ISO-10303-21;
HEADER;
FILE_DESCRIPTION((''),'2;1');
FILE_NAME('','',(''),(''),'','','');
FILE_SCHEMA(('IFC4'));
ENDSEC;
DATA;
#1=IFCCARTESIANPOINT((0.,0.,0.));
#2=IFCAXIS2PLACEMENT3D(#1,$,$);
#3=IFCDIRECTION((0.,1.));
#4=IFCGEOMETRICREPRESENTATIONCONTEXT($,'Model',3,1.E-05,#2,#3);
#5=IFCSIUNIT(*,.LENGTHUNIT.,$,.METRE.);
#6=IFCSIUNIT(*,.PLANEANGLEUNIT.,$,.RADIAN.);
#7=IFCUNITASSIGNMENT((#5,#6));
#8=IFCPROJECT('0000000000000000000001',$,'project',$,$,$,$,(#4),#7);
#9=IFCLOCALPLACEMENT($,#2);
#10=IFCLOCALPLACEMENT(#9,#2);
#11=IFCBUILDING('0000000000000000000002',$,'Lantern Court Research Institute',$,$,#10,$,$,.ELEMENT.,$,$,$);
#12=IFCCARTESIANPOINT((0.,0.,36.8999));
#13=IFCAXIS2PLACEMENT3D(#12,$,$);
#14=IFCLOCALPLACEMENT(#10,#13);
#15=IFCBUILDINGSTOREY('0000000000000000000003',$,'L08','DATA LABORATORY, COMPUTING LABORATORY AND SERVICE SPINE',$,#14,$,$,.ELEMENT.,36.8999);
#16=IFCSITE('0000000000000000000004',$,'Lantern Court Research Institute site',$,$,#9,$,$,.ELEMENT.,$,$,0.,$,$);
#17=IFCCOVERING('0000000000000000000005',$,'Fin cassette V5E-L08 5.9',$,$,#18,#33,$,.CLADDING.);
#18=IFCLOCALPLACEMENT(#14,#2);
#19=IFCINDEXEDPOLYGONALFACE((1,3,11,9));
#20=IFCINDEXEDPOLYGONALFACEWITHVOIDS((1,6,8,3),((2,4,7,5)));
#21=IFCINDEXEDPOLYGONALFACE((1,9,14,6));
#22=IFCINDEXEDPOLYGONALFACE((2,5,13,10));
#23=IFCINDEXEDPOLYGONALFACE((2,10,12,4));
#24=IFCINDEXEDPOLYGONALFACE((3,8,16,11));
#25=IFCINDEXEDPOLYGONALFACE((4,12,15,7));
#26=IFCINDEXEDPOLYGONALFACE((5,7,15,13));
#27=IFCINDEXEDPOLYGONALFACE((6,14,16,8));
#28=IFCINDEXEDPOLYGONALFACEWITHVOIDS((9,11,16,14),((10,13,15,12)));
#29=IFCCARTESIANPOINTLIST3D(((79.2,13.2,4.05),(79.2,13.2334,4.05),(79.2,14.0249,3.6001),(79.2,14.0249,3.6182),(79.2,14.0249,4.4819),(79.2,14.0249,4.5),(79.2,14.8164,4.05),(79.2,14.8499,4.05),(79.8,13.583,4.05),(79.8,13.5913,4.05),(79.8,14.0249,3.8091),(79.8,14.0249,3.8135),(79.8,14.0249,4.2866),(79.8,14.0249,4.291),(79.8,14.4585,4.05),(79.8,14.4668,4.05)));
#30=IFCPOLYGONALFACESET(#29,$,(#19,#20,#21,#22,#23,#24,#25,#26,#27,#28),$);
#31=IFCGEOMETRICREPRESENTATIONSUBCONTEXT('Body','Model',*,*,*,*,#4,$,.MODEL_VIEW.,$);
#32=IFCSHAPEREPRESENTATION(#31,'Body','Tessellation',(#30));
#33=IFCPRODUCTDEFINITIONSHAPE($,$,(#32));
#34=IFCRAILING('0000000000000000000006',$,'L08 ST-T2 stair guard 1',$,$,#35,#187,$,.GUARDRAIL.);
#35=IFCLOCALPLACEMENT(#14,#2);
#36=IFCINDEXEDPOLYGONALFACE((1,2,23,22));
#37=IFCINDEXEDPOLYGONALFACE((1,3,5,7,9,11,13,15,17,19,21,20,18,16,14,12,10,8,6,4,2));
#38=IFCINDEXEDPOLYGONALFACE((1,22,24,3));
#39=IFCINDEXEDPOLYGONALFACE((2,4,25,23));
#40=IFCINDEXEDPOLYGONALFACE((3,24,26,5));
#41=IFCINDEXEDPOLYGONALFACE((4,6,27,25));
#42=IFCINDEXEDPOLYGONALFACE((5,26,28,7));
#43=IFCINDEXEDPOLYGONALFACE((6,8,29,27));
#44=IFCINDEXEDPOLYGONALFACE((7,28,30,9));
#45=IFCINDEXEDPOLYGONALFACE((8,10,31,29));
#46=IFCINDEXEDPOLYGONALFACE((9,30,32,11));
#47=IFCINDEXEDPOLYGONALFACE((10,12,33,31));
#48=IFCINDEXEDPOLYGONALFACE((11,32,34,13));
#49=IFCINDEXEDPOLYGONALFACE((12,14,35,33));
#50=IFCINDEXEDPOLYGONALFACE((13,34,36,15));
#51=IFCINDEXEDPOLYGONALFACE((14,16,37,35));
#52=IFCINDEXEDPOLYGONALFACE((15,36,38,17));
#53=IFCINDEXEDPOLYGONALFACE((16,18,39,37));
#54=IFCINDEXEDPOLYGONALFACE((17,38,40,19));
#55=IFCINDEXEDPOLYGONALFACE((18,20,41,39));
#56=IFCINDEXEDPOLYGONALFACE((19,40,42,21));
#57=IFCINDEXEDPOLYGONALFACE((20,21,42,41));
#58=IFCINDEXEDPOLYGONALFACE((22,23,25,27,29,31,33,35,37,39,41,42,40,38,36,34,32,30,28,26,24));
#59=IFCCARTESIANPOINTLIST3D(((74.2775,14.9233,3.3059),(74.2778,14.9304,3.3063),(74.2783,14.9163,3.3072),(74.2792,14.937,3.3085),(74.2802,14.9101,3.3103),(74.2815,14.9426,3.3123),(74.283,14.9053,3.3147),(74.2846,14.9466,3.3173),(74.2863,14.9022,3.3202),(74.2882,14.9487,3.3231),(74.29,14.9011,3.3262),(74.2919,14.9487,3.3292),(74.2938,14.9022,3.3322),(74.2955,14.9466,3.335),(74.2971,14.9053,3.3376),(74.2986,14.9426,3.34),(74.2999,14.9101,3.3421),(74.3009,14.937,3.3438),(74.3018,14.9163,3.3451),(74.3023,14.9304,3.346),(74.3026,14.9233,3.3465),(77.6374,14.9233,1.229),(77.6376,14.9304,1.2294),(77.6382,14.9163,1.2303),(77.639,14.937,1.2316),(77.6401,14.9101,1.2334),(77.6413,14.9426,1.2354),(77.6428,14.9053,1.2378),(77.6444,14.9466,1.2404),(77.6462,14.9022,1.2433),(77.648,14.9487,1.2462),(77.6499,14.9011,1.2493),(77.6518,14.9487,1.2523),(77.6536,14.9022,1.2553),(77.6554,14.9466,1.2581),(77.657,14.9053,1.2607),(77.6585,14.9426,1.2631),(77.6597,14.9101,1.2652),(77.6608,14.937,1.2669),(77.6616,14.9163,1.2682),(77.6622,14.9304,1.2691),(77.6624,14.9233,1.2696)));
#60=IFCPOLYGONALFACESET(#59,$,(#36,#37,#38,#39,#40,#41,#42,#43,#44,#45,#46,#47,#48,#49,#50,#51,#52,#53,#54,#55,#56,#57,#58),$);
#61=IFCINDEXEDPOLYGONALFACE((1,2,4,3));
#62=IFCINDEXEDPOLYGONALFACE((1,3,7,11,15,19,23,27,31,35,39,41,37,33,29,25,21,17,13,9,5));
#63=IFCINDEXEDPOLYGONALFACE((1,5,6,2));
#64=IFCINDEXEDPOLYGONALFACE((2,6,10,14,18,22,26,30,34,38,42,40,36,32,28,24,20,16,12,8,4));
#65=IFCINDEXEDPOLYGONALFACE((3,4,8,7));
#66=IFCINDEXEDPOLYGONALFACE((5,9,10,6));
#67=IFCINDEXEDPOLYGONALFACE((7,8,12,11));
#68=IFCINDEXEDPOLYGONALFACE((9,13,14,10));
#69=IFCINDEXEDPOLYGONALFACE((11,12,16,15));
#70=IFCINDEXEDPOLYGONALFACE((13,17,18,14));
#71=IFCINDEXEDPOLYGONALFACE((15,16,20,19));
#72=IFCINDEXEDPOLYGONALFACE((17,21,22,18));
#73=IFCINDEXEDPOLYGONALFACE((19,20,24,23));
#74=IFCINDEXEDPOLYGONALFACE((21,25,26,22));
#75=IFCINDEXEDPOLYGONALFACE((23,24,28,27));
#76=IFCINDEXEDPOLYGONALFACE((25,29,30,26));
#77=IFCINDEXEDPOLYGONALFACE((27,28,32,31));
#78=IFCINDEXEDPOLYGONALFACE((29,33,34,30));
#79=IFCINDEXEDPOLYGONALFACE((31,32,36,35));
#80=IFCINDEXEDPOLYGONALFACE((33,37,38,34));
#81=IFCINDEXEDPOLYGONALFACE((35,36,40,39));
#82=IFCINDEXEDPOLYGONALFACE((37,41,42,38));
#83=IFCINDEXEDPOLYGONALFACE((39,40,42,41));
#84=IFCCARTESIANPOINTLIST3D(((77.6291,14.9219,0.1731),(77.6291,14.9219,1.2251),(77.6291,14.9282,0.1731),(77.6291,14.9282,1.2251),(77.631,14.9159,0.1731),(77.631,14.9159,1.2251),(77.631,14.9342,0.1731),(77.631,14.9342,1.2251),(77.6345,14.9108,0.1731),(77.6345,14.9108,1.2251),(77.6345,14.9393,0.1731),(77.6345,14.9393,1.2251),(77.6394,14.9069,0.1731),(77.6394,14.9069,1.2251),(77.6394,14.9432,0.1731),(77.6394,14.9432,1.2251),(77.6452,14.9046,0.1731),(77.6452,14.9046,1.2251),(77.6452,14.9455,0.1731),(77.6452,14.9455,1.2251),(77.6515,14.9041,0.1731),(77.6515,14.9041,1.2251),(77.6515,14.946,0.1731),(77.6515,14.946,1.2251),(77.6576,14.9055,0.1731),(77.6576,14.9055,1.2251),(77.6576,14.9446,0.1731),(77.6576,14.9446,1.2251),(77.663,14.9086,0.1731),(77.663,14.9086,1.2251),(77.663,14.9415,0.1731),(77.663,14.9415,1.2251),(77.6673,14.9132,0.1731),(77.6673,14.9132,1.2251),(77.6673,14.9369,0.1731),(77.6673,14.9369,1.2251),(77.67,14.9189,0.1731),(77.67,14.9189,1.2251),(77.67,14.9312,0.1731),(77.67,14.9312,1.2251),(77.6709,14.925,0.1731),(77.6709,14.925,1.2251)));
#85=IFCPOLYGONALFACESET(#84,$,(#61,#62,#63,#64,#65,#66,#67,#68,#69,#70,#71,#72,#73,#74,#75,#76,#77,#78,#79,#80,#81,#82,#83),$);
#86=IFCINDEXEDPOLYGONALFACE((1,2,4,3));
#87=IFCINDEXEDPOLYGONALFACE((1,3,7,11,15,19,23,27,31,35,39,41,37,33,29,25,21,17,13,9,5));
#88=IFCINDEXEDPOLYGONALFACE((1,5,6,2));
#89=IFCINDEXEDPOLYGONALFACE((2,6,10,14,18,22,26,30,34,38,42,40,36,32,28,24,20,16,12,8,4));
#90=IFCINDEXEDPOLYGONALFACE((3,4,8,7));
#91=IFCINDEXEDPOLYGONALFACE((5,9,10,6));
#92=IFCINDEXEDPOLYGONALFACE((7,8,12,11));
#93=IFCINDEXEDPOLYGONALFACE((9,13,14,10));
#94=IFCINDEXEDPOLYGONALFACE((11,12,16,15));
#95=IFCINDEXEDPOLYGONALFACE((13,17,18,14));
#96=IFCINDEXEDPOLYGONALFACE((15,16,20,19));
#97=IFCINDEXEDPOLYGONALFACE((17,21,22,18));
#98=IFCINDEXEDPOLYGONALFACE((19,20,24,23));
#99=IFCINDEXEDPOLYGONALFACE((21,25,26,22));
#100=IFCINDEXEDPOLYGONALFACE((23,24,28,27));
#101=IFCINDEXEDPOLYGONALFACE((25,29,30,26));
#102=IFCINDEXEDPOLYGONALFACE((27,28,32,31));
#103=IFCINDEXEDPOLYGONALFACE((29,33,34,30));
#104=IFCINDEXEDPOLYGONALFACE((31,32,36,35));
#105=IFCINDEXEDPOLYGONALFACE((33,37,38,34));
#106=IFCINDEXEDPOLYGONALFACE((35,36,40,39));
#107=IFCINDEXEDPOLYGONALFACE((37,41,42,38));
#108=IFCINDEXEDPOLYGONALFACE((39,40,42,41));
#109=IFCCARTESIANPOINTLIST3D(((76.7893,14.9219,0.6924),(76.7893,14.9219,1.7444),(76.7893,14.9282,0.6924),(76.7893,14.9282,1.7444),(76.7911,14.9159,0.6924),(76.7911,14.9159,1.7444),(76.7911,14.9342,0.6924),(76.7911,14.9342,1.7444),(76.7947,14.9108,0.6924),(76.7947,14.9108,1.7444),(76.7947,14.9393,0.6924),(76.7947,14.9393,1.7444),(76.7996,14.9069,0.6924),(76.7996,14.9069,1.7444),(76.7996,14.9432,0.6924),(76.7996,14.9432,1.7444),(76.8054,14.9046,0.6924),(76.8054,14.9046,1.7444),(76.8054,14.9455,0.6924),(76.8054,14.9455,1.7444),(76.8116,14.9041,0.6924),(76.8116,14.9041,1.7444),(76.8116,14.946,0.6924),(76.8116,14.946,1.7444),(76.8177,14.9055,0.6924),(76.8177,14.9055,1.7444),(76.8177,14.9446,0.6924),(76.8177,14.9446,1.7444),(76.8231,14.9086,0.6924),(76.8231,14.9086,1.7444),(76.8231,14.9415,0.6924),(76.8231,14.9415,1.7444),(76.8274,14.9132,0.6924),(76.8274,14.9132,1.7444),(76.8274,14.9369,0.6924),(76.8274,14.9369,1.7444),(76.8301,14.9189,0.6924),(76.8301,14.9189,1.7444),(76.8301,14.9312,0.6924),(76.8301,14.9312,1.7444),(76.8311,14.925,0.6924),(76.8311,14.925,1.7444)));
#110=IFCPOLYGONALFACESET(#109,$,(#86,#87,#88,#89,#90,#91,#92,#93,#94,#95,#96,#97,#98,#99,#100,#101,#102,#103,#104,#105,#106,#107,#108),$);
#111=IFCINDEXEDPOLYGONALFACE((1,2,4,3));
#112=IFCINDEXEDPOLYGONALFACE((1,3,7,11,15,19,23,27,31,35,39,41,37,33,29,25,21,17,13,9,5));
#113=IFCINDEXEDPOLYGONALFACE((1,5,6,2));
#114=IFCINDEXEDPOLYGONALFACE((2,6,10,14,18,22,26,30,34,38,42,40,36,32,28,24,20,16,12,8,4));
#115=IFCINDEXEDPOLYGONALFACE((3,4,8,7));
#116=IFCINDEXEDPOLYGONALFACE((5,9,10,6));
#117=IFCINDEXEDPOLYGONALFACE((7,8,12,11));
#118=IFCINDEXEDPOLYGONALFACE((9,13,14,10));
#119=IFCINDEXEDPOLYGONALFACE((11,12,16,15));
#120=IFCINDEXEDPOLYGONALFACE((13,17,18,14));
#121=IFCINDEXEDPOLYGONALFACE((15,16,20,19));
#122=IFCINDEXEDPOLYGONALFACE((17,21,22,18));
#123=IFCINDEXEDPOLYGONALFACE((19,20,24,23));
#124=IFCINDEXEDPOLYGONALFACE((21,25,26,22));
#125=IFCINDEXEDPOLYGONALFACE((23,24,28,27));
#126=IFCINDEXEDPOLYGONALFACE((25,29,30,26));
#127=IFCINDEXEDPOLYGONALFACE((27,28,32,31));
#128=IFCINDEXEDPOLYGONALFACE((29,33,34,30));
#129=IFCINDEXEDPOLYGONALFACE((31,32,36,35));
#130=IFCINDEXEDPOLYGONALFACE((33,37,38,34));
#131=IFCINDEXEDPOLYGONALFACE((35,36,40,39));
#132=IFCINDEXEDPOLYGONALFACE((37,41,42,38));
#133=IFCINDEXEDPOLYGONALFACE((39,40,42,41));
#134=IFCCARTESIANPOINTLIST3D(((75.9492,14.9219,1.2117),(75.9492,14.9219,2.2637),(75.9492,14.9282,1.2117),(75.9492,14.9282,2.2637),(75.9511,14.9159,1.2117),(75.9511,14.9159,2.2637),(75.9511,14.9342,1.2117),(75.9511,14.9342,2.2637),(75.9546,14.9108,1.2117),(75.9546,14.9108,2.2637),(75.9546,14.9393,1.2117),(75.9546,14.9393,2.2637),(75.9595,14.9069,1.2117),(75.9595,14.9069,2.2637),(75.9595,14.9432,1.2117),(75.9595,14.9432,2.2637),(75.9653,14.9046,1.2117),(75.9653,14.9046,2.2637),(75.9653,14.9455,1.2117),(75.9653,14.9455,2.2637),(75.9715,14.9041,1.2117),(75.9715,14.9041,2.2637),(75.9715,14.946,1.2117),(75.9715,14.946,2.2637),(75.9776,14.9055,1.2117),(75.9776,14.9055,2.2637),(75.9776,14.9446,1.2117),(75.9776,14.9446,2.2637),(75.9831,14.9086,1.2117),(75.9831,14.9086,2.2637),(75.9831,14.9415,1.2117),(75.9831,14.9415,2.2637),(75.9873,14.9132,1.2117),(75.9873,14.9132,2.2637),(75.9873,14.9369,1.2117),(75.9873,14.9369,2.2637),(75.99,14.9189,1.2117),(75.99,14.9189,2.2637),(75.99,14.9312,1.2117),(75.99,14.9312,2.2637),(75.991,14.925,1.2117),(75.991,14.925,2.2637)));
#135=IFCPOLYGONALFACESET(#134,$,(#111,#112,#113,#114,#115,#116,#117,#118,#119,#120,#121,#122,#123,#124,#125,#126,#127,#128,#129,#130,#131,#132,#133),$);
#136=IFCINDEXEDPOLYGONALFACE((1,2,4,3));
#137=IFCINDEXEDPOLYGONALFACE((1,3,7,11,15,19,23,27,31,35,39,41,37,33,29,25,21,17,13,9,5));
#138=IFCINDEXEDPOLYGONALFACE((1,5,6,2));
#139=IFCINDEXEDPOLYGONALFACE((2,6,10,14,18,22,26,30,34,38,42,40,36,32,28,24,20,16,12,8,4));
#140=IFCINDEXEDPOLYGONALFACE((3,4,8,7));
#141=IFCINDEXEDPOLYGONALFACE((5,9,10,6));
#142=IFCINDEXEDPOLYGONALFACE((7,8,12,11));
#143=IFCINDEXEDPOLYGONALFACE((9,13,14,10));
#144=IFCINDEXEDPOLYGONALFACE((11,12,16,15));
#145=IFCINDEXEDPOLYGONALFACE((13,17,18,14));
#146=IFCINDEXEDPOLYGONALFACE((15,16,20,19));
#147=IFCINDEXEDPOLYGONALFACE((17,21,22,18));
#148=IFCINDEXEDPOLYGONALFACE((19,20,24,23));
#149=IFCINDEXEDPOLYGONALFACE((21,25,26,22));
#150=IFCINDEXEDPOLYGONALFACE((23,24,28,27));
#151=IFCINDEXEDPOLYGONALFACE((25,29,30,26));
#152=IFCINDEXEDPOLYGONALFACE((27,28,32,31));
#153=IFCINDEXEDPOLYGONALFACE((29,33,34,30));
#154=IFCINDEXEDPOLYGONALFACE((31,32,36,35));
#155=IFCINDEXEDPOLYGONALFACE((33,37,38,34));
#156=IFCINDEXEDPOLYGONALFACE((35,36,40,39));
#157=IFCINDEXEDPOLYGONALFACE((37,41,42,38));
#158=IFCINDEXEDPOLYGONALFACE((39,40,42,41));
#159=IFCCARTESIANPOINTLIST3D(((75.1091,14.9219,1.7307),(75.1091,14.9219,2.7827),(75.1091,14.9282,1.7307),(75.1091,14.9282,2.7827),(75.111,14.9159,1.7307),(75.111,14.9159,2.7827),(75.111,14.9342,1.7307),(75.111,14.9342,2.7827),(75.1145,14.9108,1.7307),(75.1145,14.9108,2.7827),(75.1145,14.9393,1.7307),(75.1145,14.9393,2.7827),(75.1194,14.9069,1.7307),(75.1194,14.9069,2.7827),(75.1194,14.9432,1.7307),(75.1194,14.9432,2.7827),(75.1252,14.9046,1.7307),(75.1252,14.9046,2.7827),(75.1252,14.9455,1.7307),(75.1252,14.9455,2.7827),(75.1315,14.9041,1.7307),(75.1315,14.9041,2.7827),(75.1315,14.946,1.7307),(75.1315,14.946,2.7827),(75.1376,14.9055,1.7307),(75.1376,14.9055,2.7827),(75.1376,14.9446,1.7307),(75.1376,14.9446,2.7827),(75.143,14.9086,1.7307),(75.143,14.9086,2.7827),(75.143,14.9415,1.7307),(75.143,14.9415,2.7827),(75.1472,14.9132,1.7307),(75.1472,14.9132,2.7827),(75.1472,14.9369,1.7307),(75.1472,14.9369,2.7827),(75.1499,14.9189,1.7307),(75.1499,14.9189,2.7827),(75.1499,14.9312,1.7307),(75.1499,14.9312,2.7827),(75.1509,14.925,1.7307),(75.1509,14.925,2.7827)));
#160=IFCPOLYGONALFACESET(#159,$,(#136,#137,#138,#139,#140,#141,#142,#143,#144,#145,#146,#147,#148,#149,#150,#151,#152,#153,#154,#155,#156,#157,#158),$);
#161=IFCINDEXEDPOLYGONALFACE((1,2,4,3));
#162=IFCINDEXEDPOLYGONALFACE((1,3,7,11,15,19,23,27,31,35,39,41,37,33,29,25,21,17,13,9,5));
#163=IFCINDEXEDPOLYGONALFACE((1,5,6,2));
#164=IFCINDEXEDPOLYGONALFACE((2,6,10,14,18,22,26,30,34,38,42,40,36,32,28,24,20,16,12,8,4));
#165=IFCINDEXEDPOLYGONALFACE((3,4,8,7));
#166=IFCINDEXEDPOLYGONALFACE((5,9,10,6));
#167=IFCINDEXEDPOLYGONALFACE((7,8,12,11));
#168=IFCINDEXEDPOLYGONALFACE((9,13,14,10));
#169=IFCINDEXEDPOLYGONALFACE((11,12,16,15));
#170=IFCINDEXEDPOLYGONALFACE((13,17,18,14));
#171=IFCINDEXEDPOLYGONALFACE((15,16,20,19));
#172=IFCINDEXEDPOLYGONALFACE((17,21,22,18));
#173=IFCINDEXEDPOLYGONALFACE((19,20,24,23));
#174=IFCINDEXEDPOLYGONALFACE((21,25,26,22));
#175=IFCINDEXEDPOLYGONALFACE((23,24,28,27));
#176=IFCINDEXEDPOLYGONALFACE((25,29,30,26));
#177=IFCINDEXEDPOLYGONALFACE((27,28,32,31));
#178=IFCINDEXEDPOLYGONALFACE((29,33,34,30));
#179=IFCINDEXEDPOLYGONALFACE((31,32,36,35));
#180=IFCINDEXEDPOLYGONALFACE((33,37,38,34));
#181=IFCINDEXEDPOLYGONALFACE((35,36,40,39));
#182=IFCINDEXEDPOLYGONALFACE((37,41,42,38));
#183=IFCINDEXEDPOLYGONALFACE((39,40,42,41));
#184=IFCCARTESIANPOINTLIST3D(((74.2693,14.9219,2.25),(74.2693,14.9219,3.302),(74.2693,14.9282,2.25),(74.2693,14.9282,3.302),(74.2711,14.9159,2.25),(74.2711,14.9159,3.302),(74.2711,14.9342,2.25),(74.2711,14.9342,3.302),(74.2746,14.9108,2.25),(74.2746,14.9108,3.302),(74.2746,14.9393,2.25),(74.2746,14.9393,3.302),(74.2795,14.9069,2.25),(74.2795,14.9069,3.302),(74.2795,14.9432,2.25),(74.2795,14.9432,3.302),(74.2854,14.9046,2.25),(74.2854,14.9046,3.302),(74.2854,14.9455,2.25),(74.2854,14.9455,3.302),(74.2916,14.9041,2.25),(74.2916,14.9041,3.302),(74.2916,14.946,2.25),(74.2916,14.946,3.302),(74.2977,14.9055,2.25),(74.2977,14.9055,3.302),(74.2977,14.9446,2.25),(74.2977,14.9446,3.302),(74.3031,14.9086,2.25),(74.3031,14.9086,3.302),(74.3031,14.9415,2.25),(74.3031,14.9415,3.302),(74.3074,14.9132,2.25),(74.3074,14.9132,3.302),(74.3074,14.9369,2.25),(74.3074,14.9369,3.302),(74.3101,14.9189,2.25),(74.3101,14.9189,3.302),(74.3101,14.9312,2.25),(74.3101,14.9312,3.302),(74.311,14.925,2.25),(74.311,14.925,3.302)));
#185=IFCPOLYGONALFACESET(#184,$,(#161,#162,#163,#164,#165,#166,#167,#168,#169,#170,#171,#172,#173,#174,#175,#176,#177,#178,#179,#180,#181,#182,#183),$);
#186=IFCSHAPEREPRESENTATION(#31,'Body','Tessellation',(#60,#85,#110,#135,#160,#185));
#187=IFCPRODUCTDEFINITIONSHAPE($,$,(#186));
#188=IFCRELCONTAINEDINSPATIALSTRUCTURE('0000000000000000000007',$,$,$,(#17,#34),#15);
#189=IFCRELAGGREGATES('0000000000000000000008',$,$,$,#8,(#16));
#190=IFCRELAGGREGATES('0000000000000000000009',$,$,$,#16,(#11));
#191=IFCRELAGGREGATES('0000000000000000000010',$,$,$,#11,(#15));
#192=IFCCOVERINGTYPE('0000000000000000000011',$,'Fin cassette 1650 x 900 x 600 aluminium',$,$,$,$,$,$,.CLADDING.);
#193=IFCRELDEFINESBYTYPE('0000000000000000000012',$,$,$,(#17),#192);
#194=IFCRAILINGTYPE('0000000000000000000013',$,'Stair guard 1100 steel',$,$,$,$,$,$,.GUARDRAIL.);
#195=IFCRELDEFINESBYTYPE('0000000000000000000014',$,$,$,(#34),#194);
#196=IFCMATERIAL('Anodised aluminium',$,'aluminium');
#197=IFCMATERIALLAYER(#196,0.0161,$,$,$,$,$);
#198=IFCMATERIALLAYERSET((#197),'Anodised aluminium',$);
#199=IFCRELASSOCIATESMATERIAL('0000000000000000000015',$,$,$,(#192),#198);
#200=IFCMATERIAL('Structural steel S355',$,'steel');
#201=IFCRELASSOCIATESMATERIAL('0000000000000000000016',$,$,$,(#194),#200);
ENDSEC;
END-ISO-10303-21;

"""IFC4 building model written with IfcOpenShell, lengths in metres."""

from ifc_helpers import new_model, entity, si_unit, direction, frame, origin, origin_2d, place, context, subcontext, project, spatial, circle, extrude, material, layer, layer_set, type_object, element, save


model = new_model("IFC4")

# Units and contexts
model_context = context("Model", 3, precision=1e-05, world=origin(), true_north=direction((0.0, 1.0)))
body_context = subcontext(model_context, "Body", "Model", "MODEL_VIEW")
ifc_project = project(units=[si_unit("LENGTHUNIT", "METRE"), si_unit("PLANEANGLEUNIT", "RADIAN")], contexts=[model_context])

# Site, building, storey
site_placement = place(None, origin())
site = spatial("IfcSite", under=ifc_project, at=site_placement, Name="Lantern Court Research Institute site", CompositionType="ELEMENT", RefElevation=0.0)
building_placement = place(site_placement, origin())
building = spatial("IfcBuilding", under=site, at=building_placement, Name="Lantern Court Research Institute", CompositionType="ELEMENT")
storey_placement = place(building_placement, frame((0.0, 0.0, 36.8999)))
storey = spatial("IfcBuildingStorey", under=building, at=storey_placement, Name="L08", Description="DATA LABORATORY, COMPUTING LABORATORY AND SERVICE SPINE", CompositionType="ELEMENT", Elevation=36.8999)

# Covering
ifc_material_1 = material(Name="Anodised aluminium", Category="aluminium")
ifc_layer_1 = layer(ifc_material_1, 0.0161)
ifc_layer_set_1 = layer_set([ifc_layer_1], Name="Anodised aluminium")
covering_type = type_object("IfcCoveringType", Name="Fin cassette 1650 x 900 x 600 aluminium", PredefinedType="CLADDING", material=ifc_layer_set_1)
covering_1_placement = place(storey_placement, frame((79.2, 14.0249, 4.05), z_axis=(1.0, 0.0, 0.0), x_axis=(0.0, 1.0, 0.0)))
cartesian_point_1 = entity("IfcCartesianPoint", [0.825, 0.0])
cartesian_point_2 = entity("IfcCartesianPoint", [0.7915, 0.0])
cartesian_point_3 = entity("IfcCartesianPoint", [0.4419, 0.0])
cartesian_point_4 = entity("IfcCartesianPoint", [0.4336, 0.0])
element("IfcCovering", 1, at=covering_1_placement, inside=storey, type_object=covering_type, Name="Fin cassette V5E-L08 5.9", PredefinedType="CLADDING", context=body_context, shape_type="SweptSolid", body=[
    entity("IfcExtrudedAreaSolidTapered", entity("IfcArbitraryProfileDefWithVoids", "AREA", None, entity("IfcPolyline", [cartesian_point_1, entity("IfcCartesianPoint", [0.0, 0.45]), entity("IfcCartesianPoint", [-0.825, 0.0]), entity("IfcCartesianPoint", [0.0, -0.45]), cartesian_point_1]), [entity("IfcPolyline", [cartesian_point_2, entity("IfcCartesianPoint", [0.0, 0.4319]), entity("IfcCartesianPoint", [-0.7915, 0.0]), entity("IfcCartesianPoint", [0.0, -0.4319]), cartesian_point_2])]), entity("IfcAxis2Placement3D", entity("IfcCartesianPoint", [0.0, 0.0, 0.0])), entity("IfcDirection", [0.0, 0.0, 1.0]), 0.6001, entity("IfcArbitraryProfileDefWithVoids", "AREA", None, entity("IfcPolyline", [cartesian_point_3, entity("IfcCartesianPoint", [0.0, 0.241]), entity("IfcCartesianPoint", [-0.4419, 0.0]), entity("IfcCartesianPoint", [0.0, -0.241]), cartesian_point_3]), [entity("IfcPolyline", [cartesian_point_4, entity("IfcCartesianPoint", [0.0, 0.2366]), entity("IfcCartesianPoint", [-0.4336, 0.0]), entity("IfcCartesianPoint", [0.0, -0.2366]), cartesian_point_4])])),
])

# Railing
ifc_material_2 = material(Name="Structural steel S355", Category="steel")
railing_type_1 = type_object("IfcRailingType", Name="Stair guard 1100 steel", PredefinedType="GUARDRAIL", material=ifc_material_2)
railing_1_placement = place(storey_placement, frame((77.6499, 14.925, 0.1731)))
element("IfcRailing", 2, at=railing_1_placement, inside=storey, type_object=railing_type_1, Name="L08 ST-T2 stair guard 1", PredefinedType="GUARDRAIL", context=body_context, shape_type="SweptSolid", body=[
    extrude(circle(Radius=0.0239, at=origin_2d()), frame((0.0, 0.0, 1.0762), z_axis=(-0.850606, 0.0, 0.525803), x_axis=(0.0, -1.0, 0.0)), (0.0, 0.0, 1.0), 3.95),
    extrude(circle(Radius=0.021, at=origin_2d()), origin(), (0.0, 0.0, 1.0), 1.052),
    extrude(circle(Radius=0.021, at=origin_2d()), frame((-0.8398, 0.0, 0.5193)), (0.0, 0.0, 1.0), 1.052),
    extrude(circle(Radius=0.021, at=origin_2d()), frame((-1.6799, 0.0, 1.0386)), (0.0, 0.0, 1.0), 1.052),
    extrude(circle(Radius=0.021, at=origin_2d()), frame((-2.52, 0.0, 1.5576)), (0.0, 0.0, 1.0), 1.052),
    extrude(circle(Radius=0.021, at=origin_2d()), frame((-3.3599, 0.0, 2.0769)), (0.0, 0.0, 1.0), 1.052),
])

save(model, "model.ifc")
